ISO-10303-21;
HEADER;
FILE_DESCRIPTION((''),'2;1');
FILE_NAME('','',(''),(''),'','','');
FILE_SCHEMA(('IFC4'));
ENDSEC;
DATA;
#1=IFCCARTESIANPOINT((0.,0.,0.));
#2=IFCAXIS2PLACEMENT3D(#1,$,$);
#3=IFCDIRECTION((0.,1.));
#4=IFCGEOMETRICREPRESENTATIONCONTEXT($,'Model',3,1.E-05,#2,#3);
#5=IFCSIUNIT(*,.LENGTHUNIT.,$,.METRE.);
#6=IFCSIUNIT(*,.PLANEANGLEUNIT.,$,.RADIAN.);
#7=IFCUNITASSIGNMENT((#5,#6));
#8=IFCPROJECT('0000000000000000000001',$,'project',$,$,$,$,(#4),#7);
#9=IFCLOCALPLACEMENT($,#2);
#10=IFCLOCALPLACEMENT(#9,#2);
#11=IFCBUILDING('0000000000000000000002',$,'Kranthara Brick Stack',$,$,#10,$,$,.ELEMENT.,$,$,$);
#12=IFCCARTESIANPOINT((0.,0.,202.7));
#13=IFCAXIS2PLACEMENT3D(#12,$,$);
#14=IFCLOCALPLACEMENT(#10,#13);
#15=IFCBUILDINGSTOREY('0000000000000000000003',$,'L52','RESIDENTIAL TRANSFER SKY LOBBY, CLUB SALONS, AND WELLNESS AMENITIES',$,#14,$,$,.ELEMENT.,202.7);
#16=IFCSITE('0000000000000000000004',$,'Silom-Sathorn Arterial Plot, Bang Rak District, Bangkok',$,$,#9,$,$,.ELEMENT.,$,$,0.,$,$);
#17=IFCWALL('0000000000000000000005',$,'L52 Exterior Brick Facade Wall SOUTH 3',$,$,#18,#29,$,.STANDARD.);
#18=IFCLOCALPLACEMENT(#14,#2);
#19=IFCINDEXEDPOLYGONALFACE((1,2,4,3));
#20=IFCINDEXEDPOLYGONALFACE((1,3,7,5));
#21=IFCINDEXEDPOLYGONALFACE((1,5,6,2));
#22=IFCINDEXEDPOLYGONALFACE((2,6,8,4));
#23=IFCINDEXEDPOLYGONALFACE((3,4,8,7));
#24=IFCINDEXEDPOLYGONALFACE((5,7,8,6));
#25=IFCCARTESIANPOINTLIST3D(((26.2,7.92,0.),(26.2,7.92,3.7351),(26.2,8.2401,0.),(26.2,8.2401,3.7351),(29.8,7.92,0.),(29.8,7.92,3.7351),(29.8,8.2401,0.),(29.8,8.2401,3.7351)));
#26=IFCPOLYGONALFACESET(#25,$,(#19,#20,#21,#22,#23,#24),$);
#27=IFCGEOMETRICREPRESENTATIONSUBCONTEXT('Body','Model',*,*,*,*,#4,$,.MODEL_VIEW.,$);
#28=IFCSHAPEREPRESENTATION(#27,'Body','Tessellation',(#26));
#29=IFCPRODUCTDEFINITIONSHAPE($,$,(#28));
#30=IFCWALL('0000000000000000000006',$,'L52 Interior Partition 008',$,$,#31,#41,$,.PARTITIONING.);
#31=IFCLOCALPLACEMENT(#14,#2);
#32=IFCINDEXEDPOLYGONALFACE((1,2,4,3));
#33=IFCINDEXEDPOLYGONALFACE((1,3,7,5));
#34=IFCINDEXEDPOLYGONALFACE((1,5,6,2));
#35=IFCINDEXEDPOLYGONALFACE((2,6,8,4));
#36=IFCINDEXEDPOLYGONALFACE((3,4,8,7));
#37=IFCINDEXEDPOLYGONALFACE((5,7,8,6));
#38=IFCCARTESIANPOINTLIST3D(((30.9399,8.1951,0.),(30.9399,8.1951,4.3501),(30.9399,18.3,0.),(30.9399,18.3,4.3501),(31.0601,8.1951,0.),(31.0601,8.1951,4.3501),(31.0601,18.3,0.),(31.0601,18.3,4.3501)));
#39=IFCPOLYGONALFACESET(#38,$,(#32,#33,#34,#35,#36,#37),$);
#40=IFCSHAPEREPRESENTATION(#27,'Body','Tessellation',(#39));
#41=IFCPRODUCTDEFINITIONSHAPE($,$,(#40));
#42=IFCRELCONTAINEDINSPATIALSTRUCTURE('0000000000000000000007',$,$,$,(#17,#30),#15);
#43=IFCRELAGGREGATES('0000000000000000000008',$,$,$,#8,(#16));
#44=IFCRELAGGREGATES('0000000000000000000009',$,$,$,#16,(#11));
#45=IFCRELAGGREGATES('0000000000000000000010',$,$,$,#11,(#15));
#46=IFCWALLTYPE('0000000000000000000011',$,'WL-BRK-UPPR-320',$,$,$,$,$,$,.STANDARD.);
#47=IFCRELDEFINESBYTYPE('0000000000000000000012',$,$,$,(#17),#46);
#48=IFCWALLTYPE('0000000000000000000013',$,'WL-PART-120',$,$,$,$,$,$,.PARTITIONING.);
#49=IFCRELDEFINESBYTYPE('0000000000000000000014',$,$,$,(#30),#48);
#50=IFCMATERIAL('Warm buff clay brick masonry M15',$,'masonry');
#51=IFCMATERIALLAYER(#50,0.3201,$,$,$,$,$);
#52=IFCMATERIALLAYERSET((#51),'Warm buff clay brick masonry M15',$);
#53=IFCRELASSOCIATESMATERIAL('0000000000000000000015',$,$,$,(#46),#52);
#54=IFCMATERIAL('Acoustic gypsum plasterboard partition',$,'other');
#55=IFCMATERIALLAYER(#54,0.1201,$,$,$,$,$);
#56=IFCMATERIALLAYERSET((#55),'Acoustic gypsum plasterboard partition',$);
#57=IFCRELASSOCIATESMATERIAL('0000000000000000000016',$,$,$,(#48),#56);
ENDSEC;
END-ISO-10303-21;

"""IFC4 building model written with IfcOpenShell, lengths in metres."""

from ifc_helpers import new_model, si_unit, direction, frame, frame_2d, origin, place, context, subcontext, project, spatial, rectangle, extrude, material, layer, layer_set, type_object, element, save


model = new_model("IFC4")

# Units and contexts
model_context = context("Model", 3, precision=1e-05, world=origin(), true_north=direction((0.0, 1.0)))
body_context = subcontext(model_context, "Body", "Model", "MODEL_VIEW")
ifc_project = project(units=[si_unit("LENGTHUNIT", "METRE"), si_unit("PLANEANGLEUNIT", "RADIAN")], contexts=[model_context])

# Site, building, storey
site_placement = place(None, origin())
site = spatial("IfcSite", under=ifc_project, at=site_placement, Name="Silom-Sathorn Arterial Plot, Bang Rak District, Bangkok", CompositionType="ELEMENT", RefElevation=0.0)
building_placement = place(site_placement, origin())
building = spatial("IfcBuilding", under=site, at=building_placement, Name="Kranthara Brick Stack", CompositionType="ELEMENT")
storey_placement = place(building_placement, frame((0.0, 0.0, 202.7)))
storey = spatial("IfcBuildingStorey", under=building, at=storey_placement, Name="L52", Description="RESIDENTIAL TRANSFER SKY LOBBY, CLUB SALONS, AND WELLNESS AMENITIES", CompositionType="ELEMENT", Elevation=202.7)

# Walls
ifc_material_1 = material(Name="Warm buff clay brick masonry M15", Category="masonry")
ifc_layer_1 = layer(ifc_material_1, 0.3201)
ifc_layer_set_1 = layer_set([ifc_layer_1], Name="Warm buff clay brick masonry M15")
wall_type_1 = type_object("IfcWallType", Name="WL-BRK-UPPR-320", PredefinedType="STANDARD", material=ifc_layer_set_1)
wall_1_placement = place(storey_placement, frame((29.8, 8.0801, 0.0), z_axis=(0.0, 0.0, 1.0), x_axis=(-1.0, 0.0, 0.0)))
element("IfcWall", 1, at=wall_1_placement, inside=storey, type_object=wall_type_1, Name="L52 Exterior Brick Facade Wall SOUTH 3", PredefinedType="STANDARD", context=body_context, shape_type="SweptSolid", body=[
    extrude(rectangle(XDim=3.6001, YDim=0.3201, at=frame_2d((1.8, 0.0))), origin(), (0.0, 0.0, 1.0), 3.7351),
])
ifc_material_2 = material(Name="Acoustic gypsum plasterboard partition", Category="other")
ifc_layer_2 = layer(ifc_material_2, 0.1201)
ifc_layer_set_2 = layer_set([ifc_layer_2], Name="Acoustic gypsum plasterboard partition")
wall_type_2 = type_object("IfcWallType", Name="WL-PART-120", PredefinedType="PARTITIONING", material=ifc_layer_set_2)
wall_2_placement = place(storey_placement, frame((31.0, 8.1951, 0.0), z_axis=(0.0, 0.0, 1.0), x_axis=(0.0, 1.0, 0.0)))
element("IfcWall", 2, at=wall_2_placement, inside=storey, type_object=wall_type_2, Name="L52 Interior Partition 008", PredefinedType="PARTITIONING", context=body_context, shape_type="SweptSolid", body=[
    extrude(rectangle(XDim=10.105, YDim=0.1201, at=frame_2d((5.0525, 0.0))), origin(), (0.0, 0.0, 1.0), 4.3501),
])

save(model, "model.ifc")
